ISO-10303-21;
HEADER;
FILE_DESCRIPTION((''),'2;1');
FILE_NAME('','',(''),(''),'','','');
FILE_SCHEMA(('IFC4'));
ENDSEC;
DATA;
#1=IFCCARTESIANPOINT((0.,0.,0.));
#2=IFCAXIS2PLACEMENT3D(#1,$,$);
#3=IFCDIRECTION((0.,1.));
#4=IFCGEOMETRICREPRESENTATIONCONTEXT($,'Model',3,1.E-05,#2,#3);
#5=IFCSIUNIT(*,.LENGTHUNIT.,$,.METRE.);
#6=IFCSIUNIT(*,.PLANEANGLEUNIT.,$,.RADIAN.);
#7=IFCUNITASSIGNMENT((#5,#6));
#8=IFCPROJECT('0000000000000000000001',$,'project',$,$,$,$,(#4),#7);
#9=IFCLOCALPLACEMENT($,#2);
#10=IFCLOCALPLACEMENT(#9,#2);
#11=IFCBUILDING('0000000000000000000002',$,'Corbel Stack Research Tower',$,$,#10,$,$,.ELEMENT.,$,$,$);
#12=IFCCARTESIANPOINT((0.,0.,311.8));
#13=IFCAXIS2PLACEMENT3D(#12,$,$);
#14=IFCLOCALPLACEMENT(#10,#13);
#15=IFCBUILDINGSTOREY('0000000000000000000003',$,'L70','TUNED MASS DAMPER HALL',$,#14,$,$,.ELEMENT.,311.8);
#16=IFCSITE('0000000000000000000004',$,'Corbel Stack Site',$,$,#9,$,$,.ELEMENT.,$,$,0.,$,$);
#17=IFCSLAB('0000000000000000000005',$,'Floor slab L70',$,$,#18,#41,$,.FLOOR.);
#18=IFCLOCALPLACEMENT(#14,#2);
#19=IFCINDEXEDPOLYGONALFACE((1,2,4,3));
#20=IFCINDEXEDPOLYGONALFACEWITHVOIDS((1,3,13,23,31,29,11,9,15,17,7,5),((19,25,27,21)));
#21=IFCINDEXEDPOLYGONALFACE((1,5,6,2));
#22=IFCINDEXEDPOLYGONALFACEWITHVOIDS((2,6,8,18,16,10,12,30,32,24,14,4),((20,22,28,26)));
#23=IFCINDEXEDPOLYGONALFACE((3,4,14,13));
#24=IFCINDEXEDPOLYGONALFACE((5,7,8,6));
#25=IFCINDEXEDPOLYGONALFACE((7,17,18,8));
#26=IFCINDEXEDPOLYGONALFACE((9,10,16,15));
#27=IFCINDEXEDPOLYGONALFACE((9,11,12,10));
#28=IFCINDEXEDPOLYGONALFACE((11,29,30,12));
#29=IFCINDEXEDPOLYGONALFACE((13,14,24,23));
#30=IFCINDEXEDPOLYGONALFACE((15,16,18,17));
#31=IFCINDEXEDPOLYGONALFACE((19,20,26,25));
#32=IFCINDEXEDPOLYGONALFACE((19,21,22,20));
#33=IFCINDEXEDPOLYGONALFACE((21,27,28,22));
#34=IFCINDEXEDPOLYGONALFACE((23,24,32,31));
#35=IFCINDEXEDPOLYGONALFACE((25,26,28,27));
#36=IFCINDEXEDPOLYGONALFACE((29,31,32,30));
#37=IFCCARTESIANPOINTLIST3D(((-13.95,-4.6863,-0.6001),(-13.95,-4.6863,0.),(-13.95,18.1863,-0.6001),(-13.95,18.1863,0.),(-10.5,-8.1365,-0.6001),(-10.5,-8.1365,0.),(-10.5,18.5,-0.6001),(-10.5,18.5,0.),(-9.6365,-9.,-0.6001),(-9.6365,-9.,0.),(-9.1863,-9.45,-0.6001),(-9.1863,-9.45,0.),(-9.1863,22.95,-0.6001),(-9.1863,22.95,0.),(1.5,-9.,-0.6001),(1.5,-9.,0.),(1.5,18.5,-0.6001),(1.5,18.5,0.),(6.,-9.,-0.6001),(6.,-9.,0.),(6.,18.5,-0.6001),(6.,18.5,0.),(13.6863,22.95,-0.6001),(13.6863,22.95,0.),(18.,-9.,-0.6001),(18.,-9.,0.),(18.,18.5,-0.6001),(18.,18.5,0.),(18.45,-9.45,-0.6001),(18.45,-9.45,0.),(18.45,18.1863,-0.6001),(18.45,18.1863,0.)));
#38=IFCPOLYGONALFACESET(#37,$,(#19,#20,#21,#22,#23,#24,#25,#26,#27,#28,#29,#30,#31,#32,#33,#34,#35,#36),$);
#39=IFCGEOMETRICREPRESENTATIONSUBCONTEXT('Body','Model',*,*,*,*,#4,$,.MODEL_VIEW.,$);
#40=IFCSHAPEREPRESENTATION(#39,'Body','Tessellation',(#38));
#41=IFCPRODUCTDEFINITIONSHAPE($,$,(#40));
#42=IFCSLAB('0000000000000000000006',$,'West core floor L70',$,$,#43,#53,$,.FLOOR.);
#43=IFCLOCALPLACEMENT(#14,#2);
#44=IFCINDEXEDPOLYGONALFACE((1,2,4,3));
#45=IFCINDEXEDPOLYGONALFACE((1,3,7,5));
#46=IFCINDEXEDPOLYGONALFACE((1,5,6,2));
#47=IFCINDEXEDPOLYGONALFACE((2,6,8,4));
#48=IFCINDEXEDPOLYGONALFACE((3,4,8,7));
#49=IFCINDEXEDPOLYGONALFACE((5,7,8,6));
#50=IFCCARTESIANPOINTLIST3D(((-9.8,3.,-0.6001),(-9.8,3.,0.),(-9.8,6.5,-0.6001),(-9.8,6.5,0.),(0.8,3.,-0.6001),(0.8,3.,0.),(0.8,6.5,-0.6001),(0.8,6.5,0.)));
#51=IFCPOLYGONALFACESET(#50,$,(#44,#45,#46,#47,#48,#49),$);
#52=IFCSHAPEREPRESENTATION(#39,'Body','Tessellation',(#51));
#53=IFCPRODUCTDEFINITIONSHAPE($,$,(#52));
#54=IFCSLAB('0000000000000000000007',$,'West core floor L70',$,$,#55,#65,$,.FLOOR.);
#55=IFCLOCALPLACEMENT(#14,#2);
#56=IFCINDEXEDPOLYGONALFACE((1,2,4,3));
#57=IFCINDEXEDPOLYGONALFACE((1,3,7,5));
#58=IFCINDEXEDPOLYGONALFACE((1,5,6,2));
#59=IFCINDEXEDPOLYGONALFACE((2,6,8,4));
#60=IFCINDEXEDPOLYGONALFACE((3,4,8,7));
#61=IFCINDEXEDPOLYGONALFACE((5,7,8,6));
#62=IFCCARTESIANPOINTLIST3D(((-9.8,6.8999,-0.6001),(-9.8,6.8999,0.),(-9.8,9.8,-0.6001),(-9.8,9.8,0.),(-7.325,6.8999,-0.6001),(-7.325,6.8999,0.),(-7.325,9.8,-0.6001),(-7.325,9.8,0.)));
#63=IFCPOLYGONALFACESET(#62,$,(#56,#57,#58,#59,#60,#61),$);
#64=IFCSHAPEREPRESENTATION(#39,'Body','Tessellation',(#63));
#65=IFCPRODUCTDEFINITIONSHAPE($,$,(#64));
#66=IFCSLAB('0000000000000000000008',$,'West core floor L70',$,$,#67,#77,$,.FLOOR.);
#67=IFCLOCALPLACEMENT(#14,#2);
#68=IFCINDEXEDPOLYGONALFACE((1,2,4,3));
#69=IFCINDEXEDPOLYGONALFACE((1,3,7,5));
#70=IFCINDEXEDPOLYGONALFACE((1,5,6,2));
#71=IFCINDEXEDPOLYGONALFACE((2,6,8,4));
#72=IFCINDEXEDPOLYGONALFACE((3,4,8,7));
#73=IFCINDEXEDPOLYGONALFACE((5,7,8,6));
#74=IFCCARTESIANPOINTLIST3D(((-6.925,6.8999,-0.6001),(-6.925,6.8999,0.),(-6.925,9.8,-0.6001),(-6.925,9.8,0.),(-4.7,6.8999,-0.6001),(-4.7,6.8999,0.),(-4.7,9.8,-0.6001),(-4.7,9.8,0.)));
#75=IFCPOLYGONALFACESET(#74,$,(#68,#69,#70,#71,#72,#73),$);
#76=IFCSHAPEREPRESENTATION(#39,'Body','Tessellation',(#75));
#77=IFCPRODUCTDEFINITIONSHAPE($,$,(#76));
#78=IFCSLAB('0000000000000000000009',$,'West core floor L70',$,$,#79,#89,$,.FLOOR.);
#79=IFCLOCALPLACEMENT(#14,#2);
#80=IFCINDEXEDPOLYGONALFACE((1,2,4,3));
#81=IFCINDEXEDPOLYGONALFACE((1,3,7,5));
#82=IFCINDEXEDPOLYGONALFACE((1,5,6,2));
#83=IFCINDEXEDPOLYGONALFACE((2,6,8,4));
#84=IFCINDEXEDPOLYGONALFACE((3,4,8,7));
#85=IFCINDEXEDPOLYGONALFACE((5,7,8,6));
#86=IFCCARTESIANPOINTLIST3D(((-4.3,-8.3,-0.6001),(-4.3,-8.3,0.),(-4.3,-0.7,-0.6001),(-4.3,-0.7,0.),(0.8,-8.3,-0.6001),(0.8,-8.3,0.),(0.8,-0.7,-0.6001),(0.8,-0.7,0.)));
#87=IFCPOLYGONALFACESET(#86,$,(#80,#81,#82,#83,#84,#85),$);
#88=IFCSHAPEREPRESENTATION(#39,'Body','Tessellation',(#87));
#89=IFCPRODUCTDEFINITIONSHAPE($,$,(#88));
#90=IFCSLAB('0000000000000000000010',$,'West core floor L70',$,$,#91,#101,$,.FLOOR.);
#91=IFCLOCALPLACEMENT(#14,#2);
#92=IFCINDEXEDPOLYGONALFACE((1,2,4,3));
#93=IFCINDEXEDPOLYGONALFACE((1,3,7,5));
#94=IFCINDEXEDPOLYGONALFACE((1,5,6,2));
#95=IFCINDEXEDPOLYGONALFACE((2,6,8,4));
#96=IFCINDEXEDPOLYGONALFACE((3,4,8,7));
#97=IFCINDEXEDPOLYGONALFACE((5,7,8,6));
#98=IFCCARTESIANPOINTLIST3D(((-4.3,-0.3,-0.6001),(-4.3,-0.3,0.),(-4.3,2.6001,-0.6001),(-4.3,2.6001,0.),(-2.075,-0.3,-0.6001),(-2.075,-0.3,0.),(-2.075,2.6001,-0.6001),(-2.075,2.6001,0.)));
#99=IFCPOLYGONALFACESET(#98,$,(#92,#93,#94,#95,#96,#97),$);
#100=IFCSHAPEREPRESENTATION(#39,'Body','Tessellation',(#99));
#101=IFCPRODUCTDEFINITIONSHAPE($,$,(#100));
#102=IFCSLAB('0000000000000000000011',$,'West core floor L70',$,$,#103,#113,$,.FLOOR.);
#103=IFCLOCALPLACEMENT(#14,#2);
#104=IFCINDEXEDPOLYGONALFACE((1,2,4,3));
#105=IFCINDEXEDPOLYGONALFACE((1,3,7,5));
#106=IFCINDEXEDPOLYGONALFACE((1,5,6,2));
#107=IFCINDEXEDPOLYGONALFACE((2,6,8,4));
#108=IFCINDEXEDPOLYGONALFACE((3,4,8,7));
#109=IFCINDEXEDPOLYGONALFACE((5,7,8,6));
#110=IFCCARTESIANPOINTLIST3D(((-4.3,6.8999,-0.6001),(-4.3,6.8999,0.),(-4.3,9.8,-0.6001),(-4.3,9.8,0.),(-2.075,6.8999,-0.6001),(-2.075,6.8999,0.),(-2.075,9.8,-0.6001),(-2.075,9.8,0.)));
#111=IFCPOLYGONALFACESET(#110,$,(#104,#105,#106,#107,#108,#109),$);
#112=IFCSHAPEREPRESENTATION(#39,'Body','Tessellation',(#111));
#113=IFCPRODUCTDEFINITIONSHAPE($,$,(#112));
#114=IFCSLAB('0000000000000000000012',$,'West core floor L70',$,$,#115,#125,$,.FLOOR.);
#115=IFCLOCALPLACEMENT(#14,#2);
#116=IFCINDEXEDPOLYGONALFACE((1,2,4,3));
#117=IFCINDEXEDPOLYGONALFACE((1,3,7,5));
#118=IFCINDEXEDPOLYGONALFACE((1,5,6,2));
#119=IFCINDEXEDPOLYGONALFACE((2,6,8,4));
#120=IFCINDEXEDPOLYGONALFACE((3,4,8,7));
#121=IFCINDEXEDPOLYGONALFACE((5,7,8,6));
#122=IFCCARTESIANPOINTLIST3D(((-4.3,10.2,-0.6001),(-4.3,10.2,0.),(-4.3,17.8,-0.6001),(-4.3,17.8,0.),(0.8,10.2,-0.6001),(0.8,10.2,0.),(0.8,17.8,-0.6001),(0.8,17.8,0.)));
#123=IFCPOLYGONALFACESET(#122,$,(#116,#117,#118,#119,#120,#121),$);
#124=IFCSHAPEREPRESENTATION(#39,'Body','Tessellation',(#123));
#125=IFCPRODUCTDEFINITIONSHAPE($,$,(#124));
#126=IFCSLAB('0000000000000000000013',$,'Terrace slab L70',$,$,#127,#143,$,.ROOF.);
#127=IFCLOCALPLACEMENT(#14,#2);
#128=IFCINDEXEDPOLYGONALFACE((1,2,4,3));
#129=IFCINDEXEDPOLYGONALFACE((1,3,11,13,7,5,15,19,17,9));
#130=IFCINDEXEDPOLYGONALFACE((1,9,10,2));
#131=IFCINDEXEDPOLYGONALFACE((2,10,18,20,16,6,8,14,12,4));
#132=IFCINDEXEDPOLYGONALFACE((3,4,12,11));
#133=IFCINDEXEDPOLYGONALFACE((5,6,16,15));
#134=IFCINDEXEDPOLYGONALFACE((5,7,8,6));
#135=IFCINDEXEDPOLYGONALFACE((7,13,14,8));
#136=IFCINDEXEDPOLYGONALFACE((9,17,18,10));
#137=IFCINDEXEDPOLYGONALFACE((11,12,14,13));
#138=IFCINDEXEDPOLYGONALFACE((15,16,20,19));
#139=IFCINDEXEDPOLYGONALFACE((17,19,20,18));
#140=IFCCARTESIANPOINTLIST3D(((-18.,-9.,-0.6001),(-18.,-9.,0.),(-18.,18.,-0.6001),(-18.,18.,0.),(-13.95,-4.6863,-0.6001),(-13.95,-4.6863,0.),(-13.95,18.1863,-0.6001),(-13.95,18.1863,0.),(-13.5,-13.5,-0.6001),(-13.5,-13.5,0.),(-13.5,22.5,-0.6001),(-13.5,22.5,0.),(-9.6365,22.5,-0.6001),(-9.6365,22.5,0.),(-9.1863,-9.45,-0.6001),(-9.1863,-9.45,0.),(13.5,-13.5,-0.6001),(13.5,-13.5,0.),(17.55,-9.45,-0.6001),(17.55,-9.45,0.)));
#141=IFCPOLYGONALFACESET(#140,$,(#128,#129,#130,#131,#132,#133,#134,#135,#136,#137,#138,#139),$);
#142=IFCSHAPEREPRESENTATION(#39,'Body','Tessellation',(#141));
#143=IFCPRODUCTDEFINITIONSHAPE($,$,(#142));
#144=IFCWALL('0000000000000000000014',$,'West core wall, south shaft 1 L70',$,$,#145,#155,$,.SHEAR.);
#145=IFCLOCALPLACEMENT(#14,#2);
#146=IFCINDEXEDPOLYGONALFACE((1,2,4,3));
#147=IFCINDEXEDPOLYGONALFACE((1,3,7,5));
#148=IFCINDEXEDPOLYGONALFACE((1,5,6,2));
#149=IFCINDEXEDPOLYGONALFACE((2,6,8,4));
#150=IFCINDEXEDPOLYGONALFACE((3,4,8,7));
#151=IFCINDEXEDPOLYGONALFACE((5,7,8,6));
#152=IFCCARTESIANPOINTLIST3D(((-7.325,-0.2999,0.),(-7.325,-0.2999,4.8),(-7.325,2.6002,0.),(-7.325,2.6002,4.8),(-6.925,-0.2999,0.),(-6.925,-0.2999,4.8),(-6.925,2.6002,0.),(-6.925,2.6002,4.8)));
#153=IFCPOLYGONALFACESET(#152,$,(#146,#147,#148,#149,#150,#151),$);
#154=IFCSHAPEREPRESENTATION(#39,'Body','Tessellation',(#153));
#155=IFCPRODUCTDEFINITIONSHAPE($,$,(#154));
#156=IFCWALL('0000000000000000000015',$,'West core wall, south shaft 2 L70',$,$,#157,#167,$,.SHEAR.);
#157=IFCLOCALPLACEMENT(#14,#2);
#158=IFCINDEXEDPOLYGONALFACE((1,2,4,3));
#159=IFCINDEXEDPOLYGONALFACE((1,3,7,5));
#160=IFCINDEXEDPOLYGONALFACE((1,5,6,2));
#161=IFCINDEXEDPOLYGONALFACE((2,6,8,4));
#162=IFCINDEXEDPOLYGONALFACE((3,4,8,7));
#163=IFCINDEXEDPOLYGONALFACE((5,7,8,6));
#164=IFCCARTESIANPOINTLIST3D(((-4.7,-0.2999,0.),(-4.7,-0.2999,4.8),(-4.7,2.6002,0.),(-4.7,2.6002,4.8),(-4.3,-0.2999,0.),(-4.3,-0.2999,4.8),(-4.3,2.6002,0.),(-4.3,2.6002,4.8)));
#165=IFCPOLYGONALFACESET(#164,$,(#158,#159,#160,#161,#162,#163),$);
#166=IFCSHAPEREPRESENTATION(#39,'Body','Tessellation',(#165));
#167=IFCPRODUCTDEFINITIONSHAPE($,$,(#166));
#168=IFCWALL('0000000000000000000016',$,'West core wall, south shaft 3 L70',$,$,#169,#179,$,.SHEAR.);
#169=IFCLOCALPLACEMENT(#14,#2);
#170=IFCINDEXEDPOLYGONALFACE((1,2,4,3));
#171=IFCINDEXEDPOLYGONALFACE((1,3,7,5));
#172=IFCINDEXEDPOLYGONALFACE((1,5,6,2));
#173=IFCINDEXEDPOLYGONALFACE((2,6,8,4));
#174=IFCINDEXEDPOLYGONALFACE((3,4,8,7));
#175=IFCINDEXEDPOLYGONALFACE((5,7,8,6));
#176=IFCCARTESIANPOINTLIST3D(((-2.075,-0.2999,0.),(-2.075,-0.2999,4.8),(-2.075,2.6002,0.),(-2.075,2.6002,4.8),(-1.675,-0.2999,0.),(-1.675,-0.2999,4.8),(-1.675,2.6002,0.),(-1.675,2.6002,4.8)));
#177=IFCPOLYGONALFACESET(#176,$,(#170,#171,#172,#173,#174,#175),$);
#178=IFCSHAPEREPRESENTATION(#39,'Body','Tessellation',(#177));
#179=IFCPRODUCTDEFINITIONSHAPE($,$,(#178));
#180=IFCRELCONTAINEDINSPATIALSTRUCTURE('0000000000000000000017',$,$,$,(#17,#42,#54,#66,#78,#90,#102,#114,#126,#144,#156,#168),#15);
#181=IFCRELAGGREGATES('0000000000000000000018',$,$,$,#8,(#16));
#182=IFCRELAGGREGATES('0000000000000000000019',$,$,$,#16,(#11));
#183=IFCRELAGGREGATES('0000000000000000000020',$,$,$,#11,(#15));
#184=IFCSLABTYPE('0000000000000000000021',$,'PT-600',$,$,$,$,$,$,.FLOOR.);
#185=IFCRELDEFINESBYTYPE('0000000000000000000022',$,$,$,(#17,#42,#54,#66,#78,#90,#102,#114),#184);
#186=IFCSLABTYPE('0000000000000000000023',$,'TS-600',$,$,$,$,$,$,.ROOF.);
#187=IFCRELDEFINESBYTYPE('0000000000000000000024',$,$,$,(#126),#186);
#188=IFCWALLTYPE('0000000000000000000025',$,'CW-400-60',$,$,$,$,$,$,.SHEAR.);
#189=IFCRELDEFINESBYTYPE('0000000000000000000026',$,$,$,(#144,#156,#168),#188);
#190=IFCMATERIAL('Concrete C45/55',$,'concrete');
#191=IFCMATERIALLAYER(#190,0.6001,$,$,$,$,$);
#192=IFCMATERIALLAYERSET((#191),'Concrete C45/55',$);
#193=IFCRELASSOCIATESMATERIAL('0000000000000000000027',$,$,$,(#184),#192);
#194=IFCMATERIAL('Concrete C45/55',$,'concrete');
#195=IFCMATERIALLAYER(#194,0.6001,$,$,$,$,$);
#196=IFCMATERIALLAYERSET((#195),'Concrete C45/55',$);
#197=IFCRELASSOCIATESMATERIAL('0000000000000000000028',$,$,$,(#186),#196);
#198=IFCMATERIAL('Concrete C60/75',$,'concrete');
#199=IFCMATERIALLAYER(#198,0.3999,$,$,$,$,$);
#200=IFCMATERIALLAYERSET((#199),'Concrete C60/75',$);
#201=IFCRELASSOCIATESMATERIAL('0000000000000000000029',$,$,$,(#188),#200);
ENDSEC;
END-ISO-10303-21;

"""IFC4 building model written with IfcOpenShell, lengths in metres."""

from ifc_helpers import new_model, si_unit, direction, frame, frame_2d, origin, place, context, subcontext, project, spatial, polyline, rectangle, outline, extrude, material, layer, layer_set, type_object, element, save


model = new_model("IFC4")

# Units and contexts
model_context = context("Model", 3, precision=1e-05, world=origin(), true_north=direction((0.0, 1.0)))
body_context = subcontext(model_context, "Body", "Model", "MODEL_VIEW")
ifc_project = project(units=[si_unit("LENGTHUNIT", "METRE"), si_unit("PLANEANGLEUNIT", "RADIAN")], contexts=[model_context])

# Site, building, storey
site_placement = place(None, origin())
site = spatial("IfcSite", under=ifc_project, at=site_placement, Name="Corbel Stack Site", CompositionType="ELEMENT", RefElevation=0.0)
building_placement = place(site_placement, origin())
building = spatial("IfcBuilding", under=site, at=building_placement, Name="Corbel Stack Research Tower", CompositionType="ELEMENT")
storey_placement = place(building_placement, frame((0.0, 0.0, 311.8)))
storey = spatial("IfcBuildingStorey", under=building, at=storey_placement, Name="L70", Description="TUNED MASS DAMPER HALL", CompositionType="ELEMENT", Elevation=311.8)

# Slabs
ifc_material_1 = material(Name="Concrete C45/55", Category="concrete")
ifc_layer_1 = layer(ifc_material_1, 0.6001)
ifc_layer_set_1 = layer_set([ifc_layer_1], Name="Concrete C45/55")
slab_type_1 = type_object("IfcSlabType", Name="PT-600", PredefinedType="FLOOR", material=ifc_layer_set_1)
slab_1_placement = place(storey_placement, frame((0.0, 0.0, -0.6001)))
element("IfcSlab", 1, at=slab_1_placement, inside=storey, type_object=slab_type_1, Name="Floor slab L70", PredefinedType="FLOOR", context=body_context, shape_type="SweptSolid", body=[
    extrude(outline(polyline([(-10.5, -8.1365), (-10.5, 18.5), (1.5, 18.5), (1.5, -9.0), (-9.6365, -9.0), (-9.1863, -9.45), (18.45, -9.45), (18.45, 18.1863), (13.6863, 22.95), (-9.1863, 22.95), (-13.95, 18.1863), (-13.95, -4.6863), (-10.5, -8.1365)]), holes=[polyline([(6.0, -9.0), (6.0, 18.5), (18.0, 18.5), (18.0, -9.0), (6.0, -9.0)])]), origin(), (0.0, 0.0, 1.0), 0.6001),
])
slab_2_placement = place(storey_placement, frame((0.0, 0.0, -0.6001)))
element("IfcSlab", 2, at=slab_2_placement, inside=storey, type_object=slab_type_1, Name="West core floor L70", PredefinedType="FLOOR", context=body_context, shape_type="SweptSolid", body=[
    extrude(outline(polyline([(-9.8, 6.5), (-9.8, 3.0), (0.8, 3.0), (0.8, 6.5), (-9.8, 6.5)])), origin(), (0.0, 0.0, 1.0), 0.6001),
])
slab_3_placement = place(storey_placement, frame((0.0, 0.0, -0.6001)))
element("IfcSlab", 3, at=slab_3_placement, inside=storey, type_object=slab_type_1, Name="West core floor L70", PredefinedType="FLOOR", context=body_context, shape_type="SweptSolid", body=[
    extrude(outline(polyline([(-9.8, 6.8999), (-7.325, 6.8999), (-7.325, 9.8), (-9.8, 9.8), (-9.8, 6.8999)])), origin(), (0.0, 0.0, 1.0), 0.6001),
])
slab_4_placement = place(storey_placement, frame((0.0, 0.0, -0.6001)))
element("IfcSlab", 4, at=slab_4_placement, inside=storey, type_object=slab_type_1, Name="West core floor L70", PredefinedType="FLOOR", context=body_context, shape_type="SweptSolid", body=[
    extrude(outline(polyline([(-6.925, 6.8999), (-4.7, 6.8999), (-4.7, 9.8), (-6.925, 9.8), (-6.925, 6.8999)])), origin(), (0.0, 0.0, 1.0), 0.6001),
])
slab_5_placement = place(storey_placement, frame((0.0, 0.0, -0.6001)))
element("IfcSlab", 5, at=slab_5_placement, inside=storey, type_object=slab_type_1, Name="West core floor L70", PredefinedType="FLOOR", context=body_context, shape_type="SweptSolid", body=[
    extrude(outline(polyline([(-4.3, -0.7), (-4.3, -8.3), (0.8, -8.3), (0.8, -0.7), (-4.3, -0.7)])), origin(), (0.0, 0.0, 1.0), 0.6001),
])
slab_6_placement = place(storey_placement, frame((0.0, 0.0, -0.6001)))
element("IfcSlab", 6, at=slab_6_placement, inside=storey, type_object=slab_type_1, Name="West core floor L70", PredefinedType="FLOOR", context=body_context, shape_type="SweptSolid", body=[
    extrude(outline(polyline([(-4.3, 2.6001), (-4.3, -0.3), (-2.075, -0.3), (-2.075, 2.6001), (-4.3, 2.6001)])), origin(), (0.0, 0.0, 1.0), 0.6001),
])
slab_7_placement = place(storey_placement, frame((0.0, 0.0, -0.6001)))
element("IfcSlab", 7, at=slab_7_placement, inside=storey, type_object=slab_type_1, Name="West core floor L70", PredefinedType="FLOOR", context=body_context, shape_type="SweptSolid", body=[
    extrude(outline(polyline([(-2.075, 6.8999), (-2.075, 9.8), (-4.3, 9.8), (-4.3, 6.8999), (-2.075, 6.8999)])), origin(), (0.0, 0.0, 1.0), 0.6001),
])
slab_8_placement = place(storey_placement, frame((0.0, 0.0, -0.6001)))
element("IfcSlab", 8, at=slab_8_placement, inside=storey, type_object=slab_type_1, Name="West core floor L70", PredefinedType="FLOOR", context=body_context, shape_type="SweptSolid", body=[
    extrude(outline(polyline([(-4.3, 17.8), (-4.3, 10.2), (0.8, 10.2), (0.8, 17.8), (-4.3, 17.8)])), origin(), (0.0, 0.0, 1.0), 0.6001),
])
ifc_material_2 = material(Name="Concrete C45/55", Category="concrete")
ifc_layer_2 = layer(ifc_material_2, 0.6001)
ifc_layer_set_2 = layer_set([ifc_layer_2], Name="Concrete C45/55")
slab_type_2 = type_object("IfcSlabType", Name="TS-600", PredefinedType="ROOF", material=ifc_layer_set_2)
slab_9_placement = place(storey_placement, frame((0.0, 0.0, -0.6001)))
element("IfcSlab", 9, at=slab_9_placement, inside=storey, type_object=slab_type_2, Name="Terrace slab L70", PredefinedType="ROOF", context=body_context, shape_type="SweptSolid", body=[
    extrude(outline(polyline([(17.55, -9.45), (-9.1863, -9.45), (-13.95, -4.6863), (-13.95, 18.1863), (-9.6365, 22.5), (-13.5, 22.5), (-18.0, 18.0), (-18.0, -9.0), (-13.5, -13.5), (13.5, -13.5), (17.55, -9.45)])), origin(), (0.0, 0.0, 1.0), 0.6001),
])

# Walls
ifc_material_3 = material(Name="Concrete C60/75", Category="concrete")
ifc_layer_3 = layer(ifc_material_3, 0.3999)
ifc_layer_set_3 = layer_set([ifc_layer_3], Name="Concrete C60/75")
wall_type_1 = type_object("IfcWallType", Name="CW-400-60", PredefinedType="SHEAR", material=ifc_layer_set_3)
for number, where, z_axis, x_axis, name in (
    (10, (-7.125, -0.3, 0.0), (0.0, 0.0, 1.0), (0.0, 1.0, 0.0), "West core wall, south shaft 1 L70"),
    (11, (-4.5, -0.3, 0.0), (0.0, 0.0, 1.0), (0.0, 1.0, 0.0), "West core wall, south shaft 2 L70"),
    (12, (-1.875, -0.3, 0.0), (0.0, 0.0, 1.0), (0.0, 1.0, 0.0), "West core wall, south shaft 3 L70"),
):
    element("IfcWall", number, at=place(storey_placement, frame(where, z_axis=z_axis, x_axis=x_axis)), inside=storey, type_object=wall_type_1, Name=name, PredefinedType="SHEAR", context=body_context, shape_type="SweptSolid", body=[
        extrude(rectangle(XDim=2.9001, YDim=0.3999, at=frame_2d((1.4502, 0.0))), origin(), (0.0, 0.0, 1.0), 4.8),
    ])

save(model, "model.ifc")
